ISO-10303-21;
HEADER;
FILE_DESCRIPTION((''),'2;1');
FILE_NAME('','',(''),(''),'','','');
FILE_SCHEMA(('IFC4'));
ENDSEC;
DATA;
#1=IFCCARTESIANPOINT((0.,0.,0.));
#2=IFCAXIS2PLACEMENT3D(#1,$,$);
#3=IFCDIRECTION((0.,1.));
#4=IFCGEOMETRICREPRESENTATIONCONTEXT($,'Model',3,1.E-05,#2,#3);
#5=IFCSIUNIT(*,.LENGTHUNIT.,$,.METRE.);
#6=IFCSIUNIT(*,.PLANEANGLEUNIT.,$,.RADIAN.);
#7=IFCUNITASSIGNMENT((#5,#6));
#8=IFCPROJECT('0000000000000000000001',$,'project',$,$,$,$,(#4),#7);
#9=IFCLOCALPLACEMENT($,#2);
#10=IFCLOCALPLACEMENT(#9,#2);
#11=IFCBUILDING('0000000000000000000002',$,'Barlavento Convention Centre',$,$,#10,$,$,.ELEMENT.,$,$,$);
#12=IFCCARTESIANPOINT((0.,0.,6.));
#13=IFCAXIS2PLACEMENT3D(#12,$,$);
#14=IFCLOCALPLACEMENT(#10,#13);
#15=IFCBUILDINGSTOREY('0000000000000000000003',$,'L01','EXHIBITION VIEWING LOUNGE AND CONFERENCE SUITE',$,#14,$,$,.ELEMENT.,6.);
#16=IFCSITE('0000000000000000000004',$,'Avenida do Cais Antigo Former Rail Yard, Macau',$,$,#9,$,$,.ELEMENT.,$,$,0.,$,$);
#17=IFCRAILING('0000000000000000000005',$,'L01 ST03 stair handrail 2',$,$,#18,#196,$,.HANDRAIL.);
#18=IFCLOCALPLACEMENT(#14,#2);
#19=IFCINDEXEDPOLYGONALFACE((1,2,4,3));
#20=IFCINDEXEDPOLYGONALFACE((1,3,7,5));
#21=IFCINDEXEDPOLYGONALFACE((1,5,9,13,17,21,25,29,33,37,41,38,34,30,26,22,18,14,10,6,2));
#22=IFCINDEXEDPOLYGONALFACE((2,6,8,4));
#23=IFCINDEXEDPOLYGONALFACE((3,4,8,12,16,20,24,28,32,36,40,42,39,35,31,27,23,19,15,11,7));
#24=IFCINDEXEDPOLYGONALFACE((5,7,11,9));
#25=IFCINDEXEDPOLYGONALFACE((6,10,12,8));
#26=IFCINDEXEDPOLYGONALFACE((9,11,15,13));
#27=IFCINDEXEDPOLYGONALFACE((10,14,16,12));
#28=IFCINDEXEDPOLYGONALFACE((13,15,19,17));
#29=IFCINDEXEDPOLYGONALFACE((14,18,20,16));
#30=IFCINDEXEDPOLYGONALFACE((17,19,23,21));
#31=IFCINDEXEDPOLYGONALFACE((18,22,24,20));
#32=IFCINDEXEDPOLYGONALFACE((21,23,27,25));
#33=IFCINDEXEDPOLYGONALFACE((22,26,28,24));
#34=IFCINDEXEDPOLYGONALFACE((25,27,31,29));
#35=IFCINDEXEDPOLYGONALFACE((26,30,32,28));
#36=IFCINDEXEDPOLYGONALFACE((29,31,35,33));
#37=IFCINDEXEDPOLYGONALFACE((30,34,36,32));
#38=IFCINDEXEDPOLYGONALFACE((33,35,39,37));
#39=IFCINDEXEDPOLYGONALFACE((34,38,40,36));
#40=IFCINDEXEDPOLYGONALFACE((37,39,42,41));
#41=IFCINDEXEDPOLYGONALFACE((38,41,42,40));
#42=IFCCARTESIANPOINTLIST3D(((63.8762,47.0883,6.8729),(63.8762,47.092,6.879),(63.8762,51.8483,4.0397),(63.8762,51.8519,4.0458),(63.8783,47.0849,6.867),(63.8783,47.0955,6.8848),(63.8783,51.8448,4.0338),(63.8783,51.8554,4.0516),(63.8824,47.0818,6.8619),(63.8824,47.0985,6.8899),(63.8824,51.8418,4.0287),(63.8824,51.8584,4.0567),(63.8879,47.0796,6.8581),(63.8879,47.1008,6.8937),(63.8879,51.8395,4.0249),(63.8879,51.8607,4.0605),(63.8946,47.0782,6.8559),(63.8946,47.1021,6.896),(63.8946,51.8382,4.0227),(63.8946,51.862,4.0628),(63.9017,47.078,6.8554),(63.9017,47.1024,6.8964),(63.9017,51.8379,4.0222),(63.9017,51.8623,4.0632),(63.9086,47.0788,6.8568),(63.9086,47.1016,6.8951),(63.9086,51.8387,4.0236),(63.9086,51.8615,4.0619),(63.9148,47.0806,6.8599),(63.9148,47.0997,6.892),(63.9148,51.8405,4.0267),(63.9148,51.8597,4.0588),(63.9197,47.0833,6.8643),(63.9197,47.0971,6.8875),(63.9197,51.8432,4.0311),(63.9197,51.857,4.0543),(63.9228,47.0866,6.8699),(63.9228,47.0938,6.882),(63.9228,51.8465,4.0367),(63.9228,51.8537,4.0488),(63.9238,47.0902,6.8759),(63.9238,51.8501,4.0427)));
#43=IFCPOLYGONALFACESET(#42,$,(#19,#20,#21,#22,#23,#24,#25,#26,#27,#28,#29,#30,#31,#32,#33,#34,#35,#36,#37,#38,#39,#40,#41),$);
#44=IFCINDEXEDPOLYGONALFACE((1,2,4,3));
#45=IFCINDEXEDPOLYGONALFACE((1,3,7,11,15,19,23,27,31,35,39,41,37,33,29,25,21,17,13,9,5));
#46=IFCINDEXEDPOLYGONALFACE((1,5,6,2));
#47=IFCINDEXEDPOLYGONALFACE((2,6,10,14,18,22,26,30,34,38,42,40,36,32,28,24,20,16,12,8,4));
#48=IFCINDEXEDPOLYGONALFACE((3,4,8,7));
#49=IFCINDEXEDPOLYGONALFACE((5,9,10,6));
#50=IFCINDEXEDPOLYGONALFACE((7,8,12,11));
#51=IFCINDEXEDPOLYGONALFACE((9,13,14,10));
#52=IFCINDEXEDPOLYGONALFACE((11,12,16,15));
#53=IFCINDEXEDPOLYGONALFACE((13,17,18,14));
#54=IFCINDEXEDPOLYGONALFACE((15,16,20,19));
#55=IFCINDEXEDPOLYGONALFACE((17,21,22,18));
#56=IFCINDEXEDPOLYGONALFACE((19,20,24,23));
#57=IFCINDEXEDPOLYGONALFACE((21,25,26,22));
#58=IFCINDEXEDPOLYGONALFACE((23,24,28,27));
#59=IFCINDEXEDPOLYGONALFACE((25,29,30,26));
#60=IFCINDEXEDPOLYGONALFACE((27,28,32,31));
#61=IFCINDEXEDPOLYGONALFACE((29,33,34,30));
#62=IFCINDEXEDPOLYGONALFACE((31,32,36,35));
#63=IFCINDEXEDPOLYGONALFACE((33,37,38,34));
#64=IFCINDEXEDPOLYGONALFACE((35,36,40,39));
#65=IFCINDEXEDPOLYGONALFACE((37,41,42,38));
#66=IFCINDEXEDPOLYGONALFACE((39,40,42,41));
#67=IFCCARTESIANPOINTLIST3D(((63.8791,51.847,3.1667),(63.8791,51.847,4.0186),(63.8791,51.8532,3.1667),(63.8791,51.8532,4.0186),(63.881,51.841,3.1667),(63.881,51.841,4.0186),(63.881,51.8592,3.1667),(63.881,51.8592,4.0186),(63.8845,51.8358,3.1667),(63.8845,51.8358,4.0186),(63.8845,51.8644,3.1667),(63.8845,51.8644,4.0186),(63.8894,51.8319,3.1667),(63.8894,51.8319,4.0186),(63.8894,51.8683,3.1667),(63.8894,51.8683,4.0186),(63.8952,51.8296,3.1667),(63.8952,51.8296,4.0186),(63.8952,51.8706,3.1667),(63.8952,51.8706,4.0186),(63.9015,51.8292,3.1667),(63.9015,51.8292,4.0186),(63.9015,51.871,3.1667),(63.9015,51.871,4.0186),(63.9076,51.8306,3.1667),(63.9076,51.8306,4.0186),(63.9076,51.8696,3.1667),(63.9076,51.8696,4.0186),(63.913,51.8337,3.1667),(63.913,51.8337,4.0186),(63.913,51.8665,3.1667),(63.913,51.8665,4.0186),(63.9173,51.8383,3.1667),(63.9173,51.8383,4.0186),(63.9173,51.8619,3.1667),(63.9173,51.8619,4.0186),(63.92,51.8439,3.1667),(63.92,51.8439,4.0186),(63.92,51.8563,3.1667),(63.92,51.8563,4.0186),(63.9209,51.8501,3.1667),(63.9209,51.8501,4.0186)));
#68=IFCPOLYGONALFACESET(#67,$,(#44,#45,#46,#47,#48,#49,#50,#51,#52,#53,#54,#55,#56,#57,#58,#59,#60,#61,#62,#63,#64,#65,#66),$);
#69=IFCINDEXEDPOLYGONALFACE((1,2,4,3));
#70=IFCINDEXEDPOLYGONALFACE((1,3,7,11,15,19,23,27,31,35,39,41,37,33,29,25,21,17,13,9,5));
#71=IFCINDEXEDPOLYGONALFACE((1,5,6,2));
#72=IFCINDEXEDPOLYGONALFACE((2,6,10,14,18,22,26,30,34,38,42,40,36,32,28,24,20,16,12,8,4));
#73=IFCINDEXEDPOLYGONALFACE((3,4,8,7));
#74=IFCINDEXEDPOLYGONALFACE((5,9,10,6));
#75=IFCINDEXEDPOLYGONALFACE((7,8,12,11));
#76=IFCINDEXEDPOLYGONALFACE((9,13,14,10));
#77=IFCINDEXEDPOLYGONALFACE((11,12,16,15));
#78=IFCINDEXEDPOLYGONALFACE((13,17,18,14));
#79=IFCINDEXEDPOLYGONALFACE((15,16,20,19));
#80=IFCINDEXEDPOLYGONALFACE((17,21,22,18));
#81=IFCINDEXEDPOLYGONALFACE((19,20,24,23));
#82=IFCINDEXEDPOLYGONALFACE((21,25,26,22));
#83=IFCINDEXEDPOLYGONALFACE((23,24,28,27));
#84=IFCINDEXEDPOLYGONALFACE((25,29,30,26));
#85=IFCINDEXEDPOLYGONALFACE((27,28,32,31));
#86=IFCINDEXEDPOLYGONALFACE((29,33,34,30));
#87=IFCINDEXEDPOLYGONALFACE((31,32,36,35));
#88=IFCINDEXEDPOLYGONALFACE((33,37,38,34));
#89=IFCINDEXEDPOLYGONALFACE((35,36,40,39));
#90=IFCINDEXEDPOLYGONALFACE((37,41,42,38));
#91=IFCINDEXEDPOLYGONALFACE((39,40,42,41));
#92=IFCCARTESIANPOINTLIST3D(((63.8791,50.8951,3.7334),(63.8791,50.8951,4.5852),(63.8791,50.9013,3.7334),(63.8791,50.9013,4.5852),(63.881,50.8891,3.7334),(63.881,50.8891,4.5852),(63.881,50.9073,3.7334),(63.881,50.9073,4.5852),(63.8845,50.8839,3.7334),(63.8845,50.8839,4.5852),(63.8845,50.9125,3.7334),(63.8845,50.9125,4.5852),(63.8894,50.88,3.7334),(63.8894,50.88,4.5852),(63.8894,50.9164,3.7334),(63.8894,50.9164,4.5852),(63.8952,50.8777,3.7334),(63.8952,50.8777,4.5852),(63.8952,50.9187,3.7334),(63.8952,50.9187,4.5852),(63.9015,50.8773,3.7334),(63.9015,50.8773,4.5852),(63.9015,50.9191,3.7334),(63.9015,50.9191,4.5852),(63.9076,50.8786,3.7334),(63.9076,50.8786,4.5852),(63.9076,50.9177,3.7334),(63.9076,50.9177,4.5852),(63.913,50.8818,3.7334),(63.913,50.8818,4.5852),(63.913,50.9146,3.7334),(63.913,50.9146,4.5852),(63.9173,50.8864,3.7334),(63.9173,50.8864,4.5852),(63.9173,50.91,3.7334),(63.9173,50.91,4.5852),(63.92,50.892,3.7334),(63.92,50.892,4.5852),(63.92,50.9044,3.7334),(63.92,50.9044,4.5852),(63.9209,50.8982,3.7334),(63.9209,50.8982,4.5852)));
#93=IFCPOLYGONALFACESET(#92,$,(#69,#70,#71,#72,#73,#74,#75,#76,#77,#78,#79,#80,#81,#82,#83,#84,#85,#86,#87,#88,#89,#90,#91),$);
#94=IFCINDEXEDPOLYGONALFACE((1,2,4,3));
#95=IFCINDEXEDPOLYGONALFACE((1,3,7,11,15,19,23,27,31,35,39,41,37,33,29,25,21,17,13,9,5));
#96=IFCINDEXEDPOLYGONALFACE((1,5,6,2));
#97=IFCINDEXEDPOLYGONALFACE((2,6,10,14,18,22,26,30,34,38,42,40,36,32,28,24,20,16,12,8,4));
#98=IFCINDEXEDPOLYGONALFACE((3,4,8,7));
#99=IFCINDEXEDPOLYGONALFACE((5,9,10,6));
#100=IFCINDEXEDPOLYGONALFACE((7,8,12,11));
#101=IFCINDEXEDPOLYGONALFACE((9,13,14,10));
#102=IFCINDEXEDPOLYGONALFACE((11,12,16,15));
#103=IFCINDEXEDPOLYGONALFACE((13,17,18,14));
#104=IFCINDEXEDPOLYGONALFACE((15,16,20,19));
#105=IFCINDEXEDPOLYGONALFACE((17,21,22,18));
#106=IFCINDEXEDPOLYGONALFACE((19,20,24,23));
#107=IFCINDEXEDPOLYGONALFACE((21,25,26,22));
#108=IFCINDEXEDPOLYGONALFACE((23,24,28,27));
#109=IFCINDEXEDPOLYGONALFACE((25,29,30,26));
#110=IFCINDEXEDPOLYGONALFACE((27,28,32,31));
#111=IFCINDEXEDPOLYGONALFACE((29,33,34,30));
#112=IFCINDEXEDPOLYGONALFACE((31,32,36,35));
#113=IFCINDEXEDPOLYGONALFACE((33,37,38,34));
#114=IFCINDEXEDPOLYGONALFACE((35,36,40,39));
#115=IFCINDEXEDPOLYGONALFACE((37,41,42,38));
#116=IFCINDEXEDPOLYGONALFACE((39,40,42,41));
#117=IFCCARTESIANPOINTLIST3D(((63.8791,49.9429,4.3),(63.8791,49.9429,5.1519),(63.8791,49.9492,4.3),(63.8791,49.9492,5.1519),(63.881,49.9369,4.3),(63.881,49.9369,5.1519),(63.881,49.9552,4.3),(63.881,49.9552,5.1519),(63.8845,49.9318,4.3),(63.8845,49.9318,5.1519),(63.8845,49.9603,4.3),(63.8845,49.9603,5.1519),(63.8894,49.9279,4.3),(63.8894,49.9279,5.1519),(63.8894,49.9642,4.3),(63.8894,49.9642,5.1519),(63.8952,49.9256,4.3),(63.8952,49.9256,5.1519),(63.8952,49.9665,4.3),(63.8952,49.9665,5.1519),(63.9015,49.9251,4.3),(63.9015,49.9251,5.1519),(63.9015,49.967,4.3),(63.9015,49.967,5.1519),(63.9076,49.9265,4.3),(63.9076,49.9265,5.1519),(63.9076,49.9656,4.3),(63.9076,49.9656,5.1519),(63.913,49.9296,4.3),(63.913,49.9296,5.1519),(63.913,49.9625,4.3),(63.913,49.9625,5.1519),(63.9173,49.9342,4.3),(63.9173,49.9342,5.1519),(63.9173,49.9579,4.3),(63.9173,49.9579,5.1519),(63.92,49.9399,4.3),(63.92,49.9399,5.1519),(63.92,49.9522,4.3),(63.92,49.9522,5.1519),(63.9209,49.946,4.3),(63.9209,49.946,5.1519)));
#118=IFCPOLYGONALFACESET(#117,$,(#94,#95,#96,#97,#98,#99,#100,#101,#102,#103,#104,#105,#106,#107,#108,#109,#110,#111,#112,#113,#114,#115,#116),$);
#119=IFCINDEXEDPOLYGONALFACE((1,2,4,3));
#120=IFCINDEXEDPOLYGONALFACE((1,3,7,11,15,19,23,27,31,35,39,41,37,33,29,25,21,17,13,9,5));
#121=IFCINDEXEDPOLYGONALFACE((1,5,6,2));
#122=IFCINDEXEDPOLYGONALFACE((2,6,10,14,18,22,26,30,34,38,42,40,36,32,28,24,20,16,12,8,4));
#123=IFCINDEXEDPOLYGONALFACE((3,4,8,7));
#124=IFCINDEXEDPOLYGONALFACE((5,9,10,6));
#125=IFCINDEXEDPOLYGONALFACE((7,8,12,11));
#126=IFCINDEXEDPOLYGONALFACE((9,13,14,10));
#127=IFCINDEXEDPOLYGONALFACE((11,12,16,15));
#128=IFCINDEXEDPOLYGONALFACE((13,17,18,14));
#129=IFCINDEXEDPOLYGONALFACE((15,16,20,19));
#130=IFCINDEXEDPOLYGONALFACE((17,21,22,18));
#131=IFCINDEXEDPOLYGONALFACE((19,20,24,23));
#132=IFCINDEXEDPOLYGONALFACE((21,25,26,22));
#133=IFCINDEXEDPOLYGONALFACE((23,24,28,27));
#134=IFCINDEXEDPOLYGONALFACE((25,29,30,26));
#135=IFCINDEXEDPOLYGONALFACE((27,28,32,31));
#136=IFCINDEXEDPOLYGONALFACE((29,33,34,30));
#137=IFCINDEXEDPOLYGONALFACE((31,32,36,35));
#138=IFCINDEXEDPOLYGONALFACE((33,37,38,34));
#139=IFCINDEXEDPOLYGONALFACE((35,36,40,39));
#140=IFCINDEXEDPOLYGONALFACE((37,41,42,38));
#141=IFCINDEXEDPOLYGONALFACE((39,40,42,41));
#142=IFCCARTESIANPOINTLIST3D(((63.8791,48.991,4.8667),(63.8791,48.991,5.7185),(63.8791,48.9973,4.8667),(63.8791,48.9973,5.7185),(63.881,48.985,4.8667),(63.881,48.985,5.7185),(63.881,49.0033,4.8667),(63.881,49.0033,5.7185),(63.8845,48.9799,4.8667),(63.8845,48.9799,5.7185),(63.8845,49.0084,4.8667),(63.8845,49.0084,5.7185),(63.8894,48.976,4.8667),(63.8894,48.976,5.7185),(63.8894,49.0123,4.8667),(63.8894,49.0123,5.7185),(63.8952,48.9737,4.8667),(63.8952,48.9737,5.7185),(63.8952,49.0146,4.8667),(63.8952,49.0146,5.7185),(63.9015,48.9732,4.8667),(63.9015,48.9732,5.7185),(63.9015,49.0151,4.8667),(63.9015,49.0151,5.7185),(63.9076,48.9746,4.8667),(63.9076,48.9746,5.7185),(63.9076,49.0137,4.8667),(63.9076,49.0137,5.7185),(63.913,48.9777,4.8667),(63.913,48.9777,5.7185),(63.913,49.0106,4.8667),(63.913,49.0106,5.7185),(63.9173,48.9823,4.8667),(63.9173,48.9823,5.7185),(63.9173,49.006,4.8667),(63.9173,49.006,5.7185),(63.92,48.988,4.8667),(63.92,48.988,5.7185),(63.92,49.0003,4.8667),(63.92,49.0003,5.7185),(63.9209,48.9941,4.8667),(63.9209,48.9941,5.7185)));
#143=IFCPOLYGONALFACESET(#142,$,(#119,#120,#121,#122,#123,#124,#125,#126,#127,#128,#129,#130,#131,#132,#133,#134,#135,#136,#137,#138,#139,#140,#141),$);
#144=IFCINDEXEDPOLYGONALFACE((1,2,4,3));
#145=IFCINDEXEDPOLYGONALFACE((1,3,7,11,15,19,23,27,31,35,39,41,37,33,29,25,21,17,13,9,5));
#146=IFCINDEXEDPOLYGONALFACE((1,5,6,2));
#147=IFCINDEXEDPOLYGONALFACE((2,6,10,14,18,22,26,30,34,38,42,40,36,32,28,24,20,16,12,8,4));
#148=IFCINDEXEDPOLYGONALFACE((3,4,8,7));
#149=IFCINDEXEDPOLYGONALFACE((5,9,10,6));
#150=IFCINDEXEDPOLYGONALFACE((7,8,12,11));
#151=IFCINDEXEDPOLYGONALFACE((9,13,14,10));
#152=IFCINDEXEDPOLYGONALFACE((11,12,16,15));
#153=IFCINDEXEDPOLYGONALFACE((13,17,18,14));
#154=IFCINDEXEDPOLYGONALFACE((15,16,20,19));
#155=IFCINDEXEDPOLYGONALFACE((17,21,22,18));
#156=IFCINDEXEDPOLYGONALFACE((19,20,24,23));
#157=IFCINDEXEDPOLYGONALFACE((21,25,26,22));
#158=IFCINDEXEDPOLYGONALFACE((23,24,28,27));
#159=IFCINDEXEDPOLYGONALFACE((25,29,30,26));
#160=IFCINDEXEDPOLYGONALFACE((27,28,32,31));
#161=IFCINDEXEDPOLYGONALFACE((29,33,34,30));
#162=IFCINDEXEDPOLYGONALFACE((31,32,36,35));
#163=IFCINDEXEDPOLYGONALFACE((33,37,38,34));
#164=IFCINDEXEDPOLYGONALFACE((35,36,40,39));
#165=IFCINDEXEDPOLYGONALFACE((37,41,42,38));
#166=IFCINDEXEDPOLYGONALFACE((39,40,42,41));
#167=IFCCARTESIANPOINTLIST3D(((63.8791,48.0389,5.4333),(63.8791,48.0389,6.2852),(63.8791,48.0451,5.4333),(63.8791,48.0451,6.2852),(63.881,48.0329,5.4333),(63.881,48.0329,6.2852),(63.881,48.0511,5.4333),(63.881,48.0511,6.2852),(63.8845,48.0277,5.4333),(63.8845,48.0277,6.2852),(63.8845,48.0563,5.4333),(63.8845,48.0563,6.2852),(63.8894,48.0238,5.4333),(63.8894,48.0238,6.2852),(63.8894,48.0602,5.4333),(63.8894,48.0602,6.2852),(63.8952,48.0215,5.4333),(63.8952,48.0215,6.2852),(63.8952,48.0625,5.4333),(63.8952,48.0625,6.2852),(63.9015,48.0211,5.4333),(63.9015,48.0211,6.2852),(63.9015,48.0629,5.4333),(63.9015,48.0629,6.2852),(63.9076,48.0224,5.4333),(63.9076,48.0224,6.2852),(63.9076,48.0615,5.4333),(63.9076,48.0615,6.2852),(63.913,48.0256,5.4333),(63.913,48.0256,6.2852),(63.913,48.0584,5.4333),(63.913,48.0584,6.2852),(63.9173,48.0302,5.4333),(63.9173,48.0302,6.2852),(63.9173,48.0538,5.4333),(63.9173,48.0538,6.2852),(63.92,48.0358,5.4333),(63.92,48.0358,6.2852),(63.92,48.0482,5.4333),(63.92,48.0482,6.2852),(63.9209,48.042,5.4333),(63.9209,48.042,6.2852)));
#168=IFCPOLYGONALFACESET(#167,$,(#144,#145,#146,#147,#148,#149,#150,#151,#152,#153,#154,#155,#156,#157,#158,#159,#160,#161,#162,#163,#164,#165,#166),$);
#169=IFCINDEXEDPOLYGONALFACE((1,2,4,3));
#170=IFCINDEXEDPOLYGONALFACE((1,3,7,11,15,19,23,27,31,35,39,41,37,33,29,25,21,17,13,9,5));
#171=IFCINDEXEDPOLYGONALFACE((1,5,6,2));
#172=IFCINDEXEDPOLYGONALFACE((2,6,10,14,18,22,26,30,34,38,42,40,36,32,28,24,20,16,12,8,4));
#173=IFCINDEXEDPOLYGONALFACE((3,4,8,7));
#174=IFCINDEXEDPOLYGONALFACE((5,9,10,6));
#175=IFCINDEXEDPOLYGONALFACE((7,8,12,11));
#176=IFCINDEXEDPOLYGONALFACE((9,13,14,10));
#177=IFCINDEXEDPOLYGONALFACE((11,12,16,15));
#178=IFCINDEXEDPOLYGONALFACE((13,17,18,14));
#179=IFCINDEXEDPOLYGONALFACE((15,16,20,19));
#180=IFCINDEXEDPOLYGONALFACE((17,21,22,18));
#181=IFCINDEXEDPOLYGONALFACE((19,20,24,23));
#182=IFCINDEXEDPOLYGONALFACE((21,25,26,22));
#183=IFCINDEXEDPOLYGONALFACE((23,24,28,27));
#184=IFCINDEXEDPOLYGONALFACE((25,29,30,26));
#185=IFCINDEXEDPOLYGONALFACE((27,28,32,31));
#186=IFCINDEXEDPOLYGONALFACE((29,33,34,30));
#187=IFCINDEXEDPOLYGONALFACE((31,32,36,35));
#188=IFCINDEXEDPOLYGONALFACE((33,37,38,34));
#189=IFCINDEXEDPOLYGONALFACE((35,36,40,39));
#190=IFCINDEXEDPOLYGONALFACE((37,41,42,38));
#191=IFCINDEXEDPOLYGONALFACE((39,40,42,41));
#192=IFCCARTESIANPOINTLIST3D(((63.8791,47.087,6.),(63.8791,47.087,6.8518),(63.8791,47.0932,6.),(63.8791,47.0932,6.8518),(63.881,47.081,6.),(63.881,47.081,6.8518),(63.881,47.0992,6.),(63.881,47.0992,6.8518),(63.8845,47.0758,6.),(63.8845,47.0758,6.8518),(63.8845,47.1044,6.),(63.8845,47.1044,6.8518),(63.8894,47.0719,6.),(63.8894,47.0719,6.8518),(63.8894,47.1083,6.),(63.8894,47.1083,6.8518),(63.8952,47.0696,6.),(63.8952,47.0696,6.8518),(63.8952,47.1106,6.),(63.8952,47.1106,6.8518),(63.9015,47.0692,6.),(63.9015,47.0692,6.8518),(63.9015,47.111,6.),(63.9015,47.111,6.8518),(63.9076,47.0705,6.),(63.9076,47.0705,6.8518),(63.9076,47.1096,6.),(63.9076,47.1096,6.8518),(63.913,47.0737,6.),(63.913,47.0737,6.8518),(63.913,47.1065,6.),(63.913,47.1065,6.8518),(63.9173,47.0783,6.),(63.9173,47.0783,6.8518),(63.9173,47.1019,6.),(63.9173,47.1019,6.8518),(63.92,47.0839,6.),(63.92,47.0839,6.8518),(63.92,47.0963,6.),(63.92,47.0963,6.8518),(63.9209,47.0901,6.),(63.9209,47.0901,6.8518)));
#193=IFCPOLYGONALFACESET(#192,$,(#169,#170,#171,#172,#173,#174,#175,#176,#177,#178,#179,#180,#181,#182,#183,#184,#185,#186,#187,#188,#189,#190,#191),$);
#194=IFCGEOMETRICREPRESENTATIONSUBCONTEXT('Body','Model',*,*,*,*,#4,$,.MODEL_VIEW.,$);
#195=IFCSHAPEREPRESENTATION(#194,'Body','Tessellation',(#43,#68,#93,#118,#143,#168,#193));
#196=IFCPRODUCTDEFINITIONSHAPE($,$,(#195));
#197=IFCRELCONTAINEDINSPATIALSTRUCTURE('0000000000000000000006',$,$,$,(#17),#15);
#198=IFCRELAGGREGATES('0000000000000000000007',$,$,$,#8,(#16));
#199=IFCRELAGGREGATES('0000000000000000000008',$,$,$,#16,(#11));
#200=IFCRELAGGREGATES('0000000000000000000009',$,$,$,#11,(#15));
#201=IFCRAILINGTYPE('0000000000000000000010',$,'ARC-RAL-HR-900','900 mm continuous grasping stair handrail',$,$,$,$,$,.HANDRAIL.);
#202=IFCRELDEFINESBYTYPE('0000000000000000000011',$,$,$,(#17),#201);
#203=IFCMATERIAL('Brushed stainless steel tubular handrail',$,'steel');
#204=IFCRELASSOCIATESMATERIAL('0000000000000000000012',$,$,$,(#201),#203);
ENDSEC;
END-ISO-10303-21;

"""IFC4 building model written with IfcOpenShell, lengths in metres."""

from ifc_helpers import new_model, si_unit, direction, frame, origin, origin_2d, place, context, subcontext, project, spatial, circle, extrude, material, type_object, element, save


model = new_model("IFC4")

# Units and contexts
model_context = context("Model", 3, precision=1e-05, world=origin(), true_north=direction((0.0, 1.0)))
body_context = subcontext(model_context, "Body", "Model", "MODEL_VIEW")
ifc_project = project(units=[si_unit("LENGTHUNIT", "METRE"), si_unit("PLANEANGLEUNIT", "RADIAN")], contexts=[model_context])

# Site, building, storey
site_placement = place(None, origin())
site = spatial("IfcSite", under=ifc_project, at=site_placement, Name="Avenida do Cais Antigo Former Rail Yard, Macau", CompositionType="ELEMENT", RefElevation=0.0)
building_placement = place(site_placement, origin())
building = spatial("IfcBuilding", under=site, at=building_placement, Name="Barlavento Convention Centre", CompositionType="ELEMENT")
storey_placement = place(building_placement, frame((0.0, 0.0, 6.0)))
storey = spatial("IfcBuildingStorey", under=building, at=storey_placement, Name="L01", Description="EXHIBITION VIEWING LOUNGE AND CONFERENCE SUITE", CompositionType="ELEMENT", Elevation=6.0)

# Railing
ifc_material_1 = material(Name="Brushed stainless steel tubular handrail", Category="steel")
railing_type_1 = type_object("IfcRailingType", Name="ARC-RAL-HR-900", Description="900 mm continuous grasping stair handrail", PredefinedType="HANDRAIL", material=ifc_material_1)
railing_1_placement = place(storey_placement, frame((63.8999, 51.8501, 3.1667)))
element("IfcRailing", 1, at=railing_1_placement, inside=storey, type_object=railing_type_1, Name="L01 ST03 stair handrail 2", PredefinedType="HANDRAIL", context=body_context, shape_type="SweptSolid", body=[
    extrude(circle(Radius=0.0239, at=origin_2d()), frame((0.0, 0.0, 0.876), z_axis=(0.0, -0.8593, 0.511472), x_axis=(1.0, 0.0, 0.0)), (0.0, 0.0, 1.0), 5.5393),
    extrude(circle(Radius=0.021, at=origin_2d()), origin(), (0.0, 0.0, 1.0), 0.8518),
    extrude(circle(Radius=0.021, at=origin_2d()), frame((0.0, -0.9519, 0.5667)), (0.0, 0.0, 1.0), 0.8518),
    extrude(circle(Radius=0.021, at=origin_2d()), frame((0.0, -1.9041, 1.1333)), (0.0, 0.0, 1.0), 0.8518),
    extrude(circle(Radius=0.021, at=origin_2d()), frame((0.0, -2.856, 1.7)), (0.0, 0.0, 1.0), 0.8518),
    extrude(circle(Radius=0.021, at=origin_2d()), frame((0.0, -3.8081, 2.2666)), (0.0, 0.0, 1.0), 0.8518),
    extrude(circle(Radius=0.021, at=origin_2d()), frame((0.0, -4.76, 2.8333)), (0.0, 0.0, 1.0), 0.8518),
])

save(model, "model.ifc")
